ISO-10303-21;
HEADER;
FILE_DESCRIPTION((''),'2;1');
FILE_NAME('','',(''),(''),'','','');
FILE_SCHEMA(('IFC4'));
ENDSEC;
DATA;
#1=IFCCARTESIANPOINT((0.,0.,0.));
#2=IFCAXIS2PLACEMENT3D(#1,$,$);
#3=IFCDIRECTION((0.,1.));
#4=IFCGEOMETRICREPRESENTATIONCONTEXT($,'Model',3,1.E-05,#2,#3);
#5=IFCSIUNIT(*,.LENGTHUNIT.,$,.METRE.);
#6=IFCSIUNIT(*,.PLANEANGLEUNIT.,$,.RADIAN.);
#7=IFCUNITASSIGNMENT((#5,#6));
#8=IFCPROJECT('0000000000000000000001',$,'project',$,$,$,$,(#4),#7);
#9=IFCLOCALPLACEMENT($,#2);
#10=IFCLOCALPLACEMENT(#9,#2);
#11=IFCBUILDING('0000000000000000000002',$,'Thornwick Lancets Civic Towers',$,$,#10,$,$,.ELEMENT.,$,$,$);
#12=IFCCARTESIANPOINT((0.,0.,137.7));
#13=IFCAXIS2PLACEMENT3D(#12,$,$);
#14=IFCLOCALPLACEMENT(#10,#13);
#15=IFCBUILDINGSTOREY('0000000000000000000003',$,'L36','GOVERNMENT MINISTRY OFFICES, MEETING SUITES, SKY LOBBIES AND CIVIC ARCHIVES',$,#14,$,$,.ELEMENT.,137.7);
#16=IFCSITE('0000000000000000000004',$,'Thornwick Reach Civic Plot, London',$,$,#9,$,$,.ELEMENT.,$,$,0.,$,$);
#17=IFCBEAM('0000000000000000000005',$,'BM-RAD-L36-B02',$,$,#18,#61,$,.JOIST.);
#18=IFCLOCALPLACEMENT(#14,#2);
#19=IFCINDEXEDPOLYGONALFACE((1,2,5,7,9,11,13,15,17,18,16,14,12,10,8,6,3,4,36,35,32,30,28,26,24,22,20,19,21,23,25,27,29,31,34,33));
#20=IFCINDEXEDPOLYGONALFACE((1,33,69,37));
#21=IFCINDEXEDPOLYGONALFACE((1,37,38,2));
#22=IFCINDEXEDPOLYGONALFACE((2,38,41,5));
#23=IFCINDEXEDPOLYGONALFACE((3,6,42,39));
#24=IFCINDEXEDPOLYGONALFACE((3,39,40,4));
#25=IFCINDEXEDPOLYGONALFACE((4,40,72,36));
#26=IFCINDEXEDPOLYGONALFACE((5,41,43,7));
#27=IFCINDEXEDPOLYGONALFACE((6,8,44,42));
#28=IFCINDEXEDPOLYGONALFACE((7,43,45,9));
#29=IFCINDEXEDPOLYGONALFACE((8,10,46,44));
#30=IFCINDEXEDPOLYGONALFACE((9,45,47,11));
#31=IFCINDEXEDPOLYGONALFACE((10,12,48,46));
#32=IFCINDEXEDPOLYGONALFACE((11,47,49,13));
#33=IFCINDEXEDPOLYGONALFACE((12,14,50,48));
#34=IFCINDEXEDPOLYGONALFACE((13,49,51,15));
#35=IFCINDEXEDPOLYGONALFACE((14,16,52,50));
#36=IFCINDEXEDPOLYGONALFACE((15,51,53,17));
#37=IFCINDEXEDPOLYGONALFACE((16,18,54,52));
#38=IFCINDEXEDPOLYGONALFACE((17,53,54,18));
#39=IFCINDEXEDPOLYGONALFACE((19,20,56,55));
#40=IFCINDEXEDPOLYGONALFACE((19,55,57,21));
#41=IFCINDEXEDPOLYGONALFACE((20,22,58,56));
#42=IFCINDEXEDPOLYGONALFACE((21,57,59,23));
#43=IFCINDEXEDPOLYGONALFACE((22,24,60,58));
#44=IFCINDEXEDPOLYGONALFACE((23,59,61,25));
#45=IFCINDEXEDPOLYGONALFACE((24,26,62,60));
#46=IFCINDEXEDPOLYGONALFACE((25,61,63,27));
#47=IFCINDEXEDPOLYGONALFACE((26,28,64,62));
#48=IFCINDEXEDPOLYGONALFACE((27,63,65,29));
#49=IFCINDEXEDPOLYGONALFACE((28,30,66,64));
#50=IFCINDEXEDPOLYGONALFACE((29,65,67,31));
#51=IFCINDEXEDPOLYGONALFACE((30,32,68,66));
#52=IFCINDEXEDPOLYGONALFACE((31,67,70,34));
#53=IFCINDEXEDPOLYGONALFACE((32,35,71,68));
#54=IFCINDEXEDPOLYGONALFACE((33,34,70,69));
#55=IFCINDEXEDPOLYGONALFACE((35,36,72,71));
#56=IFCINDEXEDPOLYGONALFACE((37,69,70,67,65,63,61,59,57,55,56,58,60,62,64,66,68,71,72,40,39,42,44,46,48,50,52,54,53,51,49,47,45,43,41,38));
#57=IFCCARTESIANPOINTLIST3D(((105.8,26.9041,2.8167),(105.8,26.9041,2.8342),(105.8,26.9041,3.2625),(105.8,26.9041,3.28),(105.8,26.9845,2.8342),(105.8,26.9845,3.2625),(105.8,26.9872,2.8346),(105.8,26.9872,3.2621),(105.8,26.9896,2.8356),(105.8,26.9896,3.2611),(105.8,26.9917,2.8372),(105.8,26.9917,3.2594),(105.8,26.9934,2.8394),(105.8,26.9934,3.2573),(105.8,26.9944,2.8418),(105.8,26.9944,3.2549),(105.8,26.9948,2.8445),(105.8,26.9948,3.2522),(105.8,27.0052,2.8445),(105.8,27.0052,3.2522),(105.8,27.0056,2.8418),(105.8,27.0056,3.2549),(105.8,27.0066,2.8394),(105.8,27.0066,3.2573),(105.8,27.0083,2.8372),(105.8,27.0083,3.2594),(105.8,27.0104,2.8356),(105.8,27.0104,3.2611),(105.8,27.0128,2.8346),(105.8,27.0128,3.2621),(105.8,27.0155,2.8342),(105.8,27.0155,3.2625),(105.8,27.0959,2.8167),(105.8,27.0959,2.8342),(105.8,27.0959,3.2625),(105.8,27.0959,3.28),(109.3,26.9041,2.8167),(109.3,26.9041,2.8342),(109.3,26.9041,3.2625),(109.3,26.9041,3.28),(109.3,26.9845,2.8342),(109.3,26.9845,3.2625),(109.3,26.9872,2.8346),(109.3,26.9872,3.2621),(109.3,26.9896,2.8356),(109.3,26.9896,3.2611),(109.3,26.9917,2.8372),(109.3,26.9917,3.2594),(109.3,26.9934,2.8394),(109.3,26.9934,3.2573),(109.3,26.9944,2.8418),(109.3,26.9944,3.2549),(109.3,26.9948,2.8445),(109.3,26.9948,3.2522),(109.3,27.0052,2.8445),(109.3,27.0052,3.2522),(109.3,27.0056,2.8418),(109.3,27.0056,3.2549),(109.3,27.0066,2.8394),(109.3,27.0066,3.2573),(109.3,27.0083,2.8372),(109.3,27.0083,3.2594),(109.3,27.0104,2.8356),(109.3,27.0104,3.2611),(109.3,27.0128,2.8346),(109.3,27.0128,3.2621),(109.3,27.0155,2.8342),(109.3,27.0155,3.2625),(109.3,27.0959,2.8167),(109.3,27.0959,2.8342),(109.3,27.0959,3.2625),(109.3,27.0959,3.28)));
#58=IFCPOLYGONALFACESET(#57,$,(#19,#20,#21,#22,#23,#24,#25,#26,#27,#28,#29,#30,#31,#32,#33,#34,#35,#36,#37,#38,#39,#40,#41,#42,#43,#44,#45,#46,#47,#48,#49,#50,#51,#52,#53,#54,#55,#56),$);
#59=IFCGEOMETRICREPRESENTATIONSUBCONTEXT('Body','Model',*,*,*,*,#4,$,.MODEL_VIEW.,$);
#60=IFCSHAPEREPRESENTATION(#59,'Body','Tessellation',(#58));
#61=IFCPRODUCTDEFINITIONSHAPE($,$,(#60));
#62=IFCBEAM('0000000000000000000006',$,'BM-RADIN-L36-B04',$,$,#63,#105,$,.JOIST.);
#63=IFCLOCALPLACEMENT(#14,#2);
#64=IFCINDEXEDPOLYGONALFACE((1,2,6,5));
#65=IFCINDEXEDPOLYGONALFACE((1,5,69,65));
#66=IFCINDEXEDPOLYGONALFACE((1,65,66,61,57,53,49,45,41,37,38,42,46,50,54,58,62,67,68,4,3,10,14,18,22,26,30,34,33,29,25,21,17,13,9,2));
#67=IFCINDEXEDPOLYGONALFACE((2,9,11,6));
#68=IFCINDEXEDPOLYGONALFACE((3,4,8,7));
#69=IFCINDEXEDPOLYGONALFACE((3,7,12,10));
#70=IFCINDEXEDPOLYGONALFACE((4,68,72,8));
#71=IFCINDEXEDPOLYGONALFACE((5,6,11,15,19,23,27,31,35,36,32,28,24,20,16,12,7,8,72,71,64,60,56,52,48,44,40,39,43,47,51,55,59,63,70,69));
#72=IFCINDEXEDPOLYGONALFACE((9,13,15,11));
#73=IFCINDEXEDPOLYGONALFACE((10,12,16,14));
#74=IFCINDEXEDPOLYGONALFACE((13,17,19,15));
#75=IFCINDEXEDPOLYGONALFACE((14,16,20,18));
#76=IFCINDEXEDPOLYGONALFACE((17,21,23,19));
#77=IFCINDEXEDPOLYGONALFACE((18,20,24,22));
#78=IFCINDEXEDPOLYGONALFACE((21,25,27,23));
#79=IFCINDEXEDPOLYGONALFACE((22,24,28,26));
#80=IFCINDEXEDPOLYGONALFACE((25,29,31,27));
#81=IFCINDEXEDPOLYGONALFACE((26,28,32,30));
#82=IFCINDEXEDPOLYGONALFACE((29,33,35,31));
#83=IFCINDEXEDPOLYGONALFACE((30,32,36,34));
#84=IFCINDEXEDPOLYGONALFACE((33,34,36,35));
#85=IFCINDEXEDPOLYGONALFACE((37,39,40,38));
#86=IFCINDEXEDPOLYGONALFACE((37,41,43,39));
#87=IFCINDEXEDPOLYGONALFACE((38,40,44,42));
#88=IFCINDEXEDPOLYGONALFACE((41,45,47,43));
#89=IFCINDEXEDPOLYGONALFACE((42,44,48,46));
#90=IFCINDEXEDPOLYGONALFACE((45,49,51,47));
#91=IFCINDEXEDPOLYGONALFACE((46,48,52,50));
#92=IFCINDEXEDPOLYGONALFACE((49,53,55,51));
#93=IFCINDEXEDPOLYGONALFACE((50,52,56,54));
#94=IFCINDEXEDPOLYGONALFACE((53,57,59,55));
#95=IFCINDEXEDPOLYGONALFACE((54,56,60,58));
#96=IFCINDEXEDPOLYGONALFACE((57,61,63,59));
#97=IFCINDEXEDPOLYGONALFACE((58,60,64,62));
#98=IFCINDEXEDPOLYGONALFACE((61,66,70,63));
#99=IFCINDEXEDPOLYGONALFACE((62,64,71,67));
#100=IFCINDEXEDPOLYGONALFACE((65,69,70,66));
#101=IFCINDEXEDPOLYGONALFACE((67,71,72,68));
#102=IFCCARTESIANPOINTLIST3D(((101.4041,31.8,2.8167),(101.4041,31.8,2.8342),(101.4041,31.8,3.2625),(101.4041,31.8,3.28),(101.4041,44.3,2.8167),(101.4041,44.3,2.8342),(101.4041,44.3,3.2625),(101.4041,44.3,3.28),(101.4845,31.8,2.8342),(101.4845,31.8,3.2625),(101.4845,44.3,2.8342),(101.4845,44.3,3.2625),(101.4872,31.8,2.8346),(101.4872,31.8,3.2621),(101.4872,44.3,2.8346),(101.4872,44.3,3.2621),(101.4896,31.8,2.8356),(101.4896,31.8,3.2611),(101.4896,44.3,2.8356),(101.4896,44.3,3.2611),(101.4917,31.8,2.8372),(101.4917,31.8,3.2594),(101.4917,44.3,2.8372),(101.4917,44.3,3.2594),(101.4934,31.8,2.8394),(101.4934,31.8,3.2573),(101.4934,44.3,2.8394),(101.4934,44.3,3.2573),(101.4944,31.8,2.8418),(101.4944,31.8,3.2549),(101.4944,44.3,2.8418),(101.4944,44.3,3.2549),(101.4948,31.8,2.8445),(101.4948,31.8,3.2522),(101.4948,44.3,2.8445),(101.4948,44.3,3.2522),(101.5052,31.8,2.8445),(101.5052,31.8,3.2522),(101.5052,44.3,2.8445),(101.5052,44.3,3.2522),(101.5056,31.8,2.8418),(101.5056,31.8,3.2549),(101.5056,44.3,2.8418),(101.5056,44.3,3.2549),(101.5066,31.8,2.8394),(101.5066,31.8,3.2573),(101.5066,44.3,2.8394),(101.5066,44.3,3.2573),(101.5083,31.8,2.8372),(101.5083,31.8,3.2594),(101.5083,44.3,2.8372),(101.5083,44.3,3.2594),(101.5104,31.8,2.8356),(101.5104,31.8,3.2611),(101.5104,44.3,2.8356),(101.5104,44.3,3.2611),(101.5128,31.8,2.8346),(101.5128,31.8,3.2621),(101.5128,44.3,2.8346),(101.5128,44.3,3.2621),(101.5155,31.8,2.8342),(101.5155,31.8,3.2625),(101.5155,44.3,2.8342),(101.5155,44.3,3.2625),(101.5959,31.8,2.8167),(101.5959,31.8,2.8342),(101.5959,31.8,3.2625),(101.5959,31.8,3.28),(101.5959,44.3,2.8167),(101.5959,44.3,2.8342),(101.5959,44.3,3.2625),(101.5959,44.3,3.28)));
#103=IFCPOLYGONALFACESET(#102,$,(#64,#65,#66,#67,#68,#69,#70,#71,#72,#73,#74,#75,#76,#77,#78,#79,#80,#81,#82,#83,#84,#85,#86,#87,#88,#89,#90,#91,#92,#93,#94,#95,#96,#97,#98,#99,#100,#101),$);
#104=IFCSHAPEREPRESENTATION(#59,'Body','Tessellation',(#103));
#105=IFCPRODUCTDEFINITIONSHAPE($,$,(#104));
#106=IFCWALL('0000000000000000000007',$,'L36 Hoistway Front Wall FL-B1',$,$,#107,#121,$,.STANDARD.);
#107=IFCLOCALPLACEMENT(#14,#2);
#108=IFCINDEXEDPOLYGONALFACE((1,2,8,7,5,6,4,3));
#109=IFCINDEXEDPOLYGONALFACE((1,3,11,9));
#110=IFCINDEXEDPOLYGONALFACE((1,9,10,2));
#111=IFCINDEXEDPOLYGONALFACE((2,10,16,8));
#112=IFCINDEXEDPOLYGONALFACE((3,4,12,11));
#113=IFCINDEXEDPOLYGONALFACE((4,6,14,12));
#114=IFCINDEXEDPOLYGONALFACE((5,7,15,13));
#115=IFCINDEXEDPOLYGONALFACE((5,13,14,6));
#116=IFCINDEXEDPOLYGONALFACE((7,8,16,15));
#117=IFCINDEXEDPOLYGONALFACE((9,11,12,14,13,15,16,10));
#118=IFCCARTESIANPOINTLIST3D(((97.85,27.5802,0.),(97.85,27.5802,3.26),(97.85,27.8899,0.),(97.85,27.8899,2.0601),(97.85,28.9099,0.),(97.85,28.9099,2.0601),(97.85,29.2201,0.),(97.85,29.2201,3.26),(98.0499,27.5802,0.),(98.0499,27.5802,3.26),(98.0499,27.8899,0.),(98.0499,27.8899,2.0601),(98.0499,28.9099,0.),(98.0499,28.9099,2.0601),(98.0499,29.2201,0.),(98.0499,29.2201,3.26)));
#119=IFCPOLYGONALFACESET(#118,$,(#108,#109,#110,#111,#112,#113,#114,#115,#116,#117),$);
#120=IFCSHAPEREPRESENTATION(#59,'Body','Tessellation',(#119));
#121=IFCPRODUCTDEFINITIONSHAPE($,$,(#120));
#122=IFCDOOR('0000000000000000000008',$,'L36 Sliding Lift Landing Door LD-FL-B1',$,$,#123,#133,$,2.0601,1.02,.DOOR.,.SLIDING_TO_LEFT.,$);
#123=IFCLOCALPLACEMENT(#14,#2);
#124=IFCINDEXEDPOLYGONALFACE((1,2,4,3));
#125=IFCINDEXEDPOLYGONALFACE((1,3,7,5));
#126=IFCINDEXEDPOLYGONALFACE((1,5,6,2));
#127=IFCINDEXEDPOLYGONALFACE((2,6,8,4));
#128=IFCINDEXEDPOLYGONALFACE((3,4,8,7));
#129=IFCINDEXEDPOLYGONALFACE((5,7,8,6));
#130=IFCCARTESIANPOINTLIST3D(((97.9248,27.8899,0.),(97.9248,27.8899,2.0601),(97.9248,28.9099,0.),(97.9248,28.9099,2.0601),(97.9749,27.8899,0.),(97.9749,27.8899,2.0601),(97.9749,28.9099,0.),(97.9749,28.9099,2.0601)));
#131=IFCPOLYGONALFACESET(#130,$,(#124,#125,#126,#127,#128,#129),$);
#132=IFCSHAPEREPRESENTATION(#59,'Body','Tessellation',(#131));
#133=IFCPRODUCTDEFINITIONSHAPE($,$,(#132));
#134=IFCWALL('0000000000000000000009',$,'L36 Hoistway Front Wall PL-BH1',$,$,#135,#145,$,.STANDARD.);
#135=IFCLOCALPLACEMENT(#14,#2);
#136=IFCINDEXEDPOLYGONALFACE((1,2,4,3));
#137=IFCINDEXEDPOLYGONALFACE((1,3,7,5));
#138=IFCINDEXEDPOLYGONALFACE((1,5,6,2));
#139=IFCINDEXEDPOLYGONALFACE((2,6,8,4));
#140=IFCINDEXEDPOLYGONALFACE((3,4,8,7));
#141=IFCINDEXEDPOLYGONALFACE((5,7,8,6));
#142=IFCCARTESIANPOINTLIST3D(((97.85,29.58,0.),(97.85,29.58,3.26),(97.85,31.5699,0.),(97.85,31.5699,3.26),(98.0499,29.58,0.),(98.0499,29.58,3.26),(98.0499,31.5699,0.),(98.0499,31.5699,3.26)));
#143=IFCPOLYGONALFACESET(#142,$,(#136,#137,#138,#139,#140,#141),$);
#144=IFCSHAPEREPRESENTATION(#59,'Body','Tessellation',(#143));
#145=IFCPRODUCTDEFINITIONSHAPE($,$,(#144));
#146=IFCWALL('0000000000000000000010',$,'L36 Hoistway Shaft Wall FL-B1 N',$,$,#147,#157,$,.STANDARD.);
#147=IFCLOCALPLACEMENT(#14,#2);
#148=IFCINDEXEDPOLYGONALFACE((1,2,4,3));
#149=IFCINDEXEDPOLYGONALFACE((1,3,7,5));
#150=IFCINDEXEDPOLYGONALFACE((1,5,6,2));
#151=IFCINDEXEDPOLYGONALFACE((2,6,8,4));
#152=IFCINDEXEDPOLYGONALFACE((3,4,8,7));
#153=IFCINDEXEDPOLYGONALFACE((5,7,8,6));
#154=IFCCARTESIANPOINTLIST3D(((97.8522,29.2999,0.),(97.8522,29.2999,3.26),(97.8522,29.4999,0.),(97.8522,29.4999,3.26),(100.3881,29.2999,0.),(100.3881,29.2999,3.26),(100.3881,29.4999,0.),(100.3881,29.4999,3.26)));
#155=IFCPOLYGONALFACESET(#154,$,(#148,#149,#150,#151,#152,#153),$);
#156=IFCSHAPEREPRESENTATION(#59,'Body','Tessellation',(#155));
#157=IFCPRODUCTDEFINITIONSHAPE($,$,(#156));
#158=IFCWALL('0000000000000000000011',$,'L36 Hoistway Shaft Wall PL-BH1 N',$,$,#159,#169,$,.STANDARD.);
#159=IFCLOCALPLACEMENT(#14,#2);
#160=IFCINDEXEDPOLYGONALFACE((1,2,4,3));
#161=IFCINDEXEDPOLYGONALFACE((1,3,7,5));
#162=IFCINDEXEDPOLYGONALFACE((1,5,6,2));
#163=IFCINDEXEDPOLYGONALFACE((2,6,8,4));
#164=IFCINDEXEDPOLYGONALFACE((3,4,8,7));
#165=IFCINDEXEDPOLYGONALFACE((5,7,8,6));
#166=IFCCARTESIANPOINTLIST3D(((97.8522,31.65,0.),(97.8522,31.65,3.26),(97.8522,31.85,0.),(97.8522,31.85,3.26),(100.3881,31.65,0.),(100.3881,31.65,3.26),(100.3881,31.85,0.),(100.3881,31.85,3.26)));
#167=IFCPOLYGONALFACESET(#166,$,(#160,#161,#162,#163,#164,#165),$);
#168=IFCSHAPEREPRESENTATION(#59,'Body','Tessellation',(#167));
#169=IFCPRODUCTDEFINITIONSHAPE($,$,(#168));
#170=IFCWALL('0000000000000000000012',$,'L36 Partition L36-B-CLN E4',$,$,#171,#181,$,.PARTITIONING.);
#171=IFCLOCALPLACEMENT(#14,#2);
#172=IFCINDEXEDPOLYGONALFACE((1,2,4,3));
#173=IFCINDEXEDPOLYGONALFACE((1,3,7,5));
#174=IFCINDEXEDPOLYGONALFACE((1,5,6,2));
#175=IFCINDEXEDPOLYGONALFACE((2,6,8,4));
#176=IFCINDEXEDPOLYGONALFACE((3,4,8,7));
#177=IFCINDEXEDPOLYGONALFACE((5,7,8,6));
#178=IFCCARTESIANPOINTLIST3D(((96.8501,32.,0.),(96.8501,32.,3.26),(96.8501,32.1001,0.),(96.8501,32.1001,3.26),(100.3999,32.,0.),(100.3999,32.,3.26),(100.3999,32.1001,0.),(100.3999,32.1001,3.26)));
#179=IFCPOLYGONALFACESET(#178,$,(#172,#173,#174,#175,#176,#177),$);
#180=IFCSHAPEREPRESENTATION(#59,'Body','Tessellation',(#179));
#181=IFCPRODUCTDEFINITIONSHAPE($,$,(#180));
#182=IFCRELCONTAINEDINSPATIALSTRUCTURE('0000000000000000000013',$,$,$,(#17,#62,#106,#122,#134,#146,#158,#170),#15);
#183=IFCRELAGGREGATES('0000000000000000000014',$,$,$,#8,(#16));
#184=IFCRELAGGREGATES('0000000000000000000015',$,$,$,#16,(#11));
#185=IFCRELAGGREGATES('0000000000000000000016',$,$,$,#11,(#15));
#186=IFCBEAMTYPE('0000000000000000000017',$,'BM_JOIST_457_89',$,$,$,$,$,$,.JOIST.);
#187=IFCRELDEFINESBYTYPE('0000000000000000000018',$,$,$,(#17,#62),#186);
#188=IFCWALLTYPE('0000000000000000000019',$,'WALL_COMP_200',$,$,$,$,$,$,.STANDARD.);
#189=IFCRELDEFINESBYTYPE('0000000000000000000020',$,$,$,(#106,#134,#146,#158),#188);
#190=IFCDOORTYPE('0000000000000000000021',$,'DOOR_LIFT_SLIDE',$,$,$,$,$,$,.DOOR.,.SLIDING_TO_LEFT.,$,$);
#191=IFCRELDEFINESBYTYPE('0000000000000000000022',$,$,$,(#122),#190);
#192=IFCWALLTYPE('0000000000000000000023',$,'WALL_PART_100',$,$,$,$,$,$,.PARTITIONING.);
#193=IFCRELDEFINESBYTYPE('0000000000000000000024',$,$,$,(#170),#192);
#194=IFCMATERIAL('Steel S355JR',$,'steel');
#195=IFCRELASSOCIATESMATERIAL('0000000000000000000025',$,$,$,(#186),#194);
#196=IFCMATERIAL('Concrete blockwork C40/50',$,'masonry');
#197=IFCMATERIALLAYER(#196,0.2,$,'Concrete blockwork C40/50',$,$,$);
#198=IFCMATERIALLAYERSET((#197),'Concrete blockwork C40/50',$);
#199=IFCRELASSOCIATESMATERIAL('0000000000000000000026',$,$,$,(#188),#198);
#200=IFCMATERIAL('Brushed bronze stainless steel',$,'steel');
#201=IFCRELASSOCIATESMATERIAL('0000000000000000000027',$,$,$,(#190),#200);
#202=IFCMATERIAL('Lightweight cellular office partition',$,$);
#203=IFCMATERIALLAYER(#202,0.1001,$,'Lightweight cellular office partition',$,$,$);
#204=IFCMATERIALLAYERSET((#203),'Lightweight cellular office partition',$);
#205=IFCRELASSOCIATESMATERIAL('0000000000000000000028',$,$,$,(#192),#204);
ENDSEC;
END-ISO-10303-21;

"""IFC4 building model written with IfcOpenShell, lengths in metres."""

from ifc_helpers import new_model, si_unit, direction, frame, frame_2d, origin, origin_2d, place, context, subcontext, project, spatial, rectangle, i_section, extrude, material, layer, layer_set, material_profile, profile_set, type_object, element, fill, save


model = new_model("IFC4")

# Units and contexts
model_context = context("Model", 3, precision=1e-05, world=origin(), true_north=direction((0.0, 1.0)))
body_context = subcontext(model_context, "Body", "Model", "MODEL_VIEW")
ifc_project = project(units=[si_unit("LENGTHUNIT", "METRE"), si_unit("PLANEANGLEUNIT", "RADIAN")], contexts=[model_context])

# Site, building, storey
site_placement = place(None, origin())
site = spatial("IfcSite", under=ifc_project, at=site_placement, Name="Thornwick Reach Civic Plot, London", CompositionType="ELEMENT", RefElevation=0.0)
building_placement = place(site_placement, origin())
building = spatial("IfcBuilding", under=site, at=building_placement, Name="Thornwick Lancets Civic Towers", CompositionType="ELEMENT")
storey_placement = place(building_placement, frame((0.0, 0.0, 137.7)))
storey = spatial("IfcBuildingStorey", under=building, at=storey_placement, Name="L36", Description="GOVERNMENT MINISTRY OFFICES, MEETING SUITES, SKY LOBBIES AND CIVIC ARCHIVES", CompositionType="ELEMENT", Elevation=137.7)

# Beams
ifc_material_1 = material(Name="Steel S355JR", Category="steel")
ifc_material_profile_1 = material_profile(ifc_material_1, i_section(OverallWidth=0.1919, OverallDepth=0.4634, WebThickness=0.0105, FlangeThickness=0.0176, FilletRadius=0.0103, at=origin_2d()), Name="UKB 457x191x89")
ifc_profile_set_1 = profile_set([ifc_material_profile_1], Name="Steel S355JR")
beam_type_1 = type_object("IfcBeamType", Name="BM_JOIST_457_89", PredefinedType="JOIST", material=ifc_profile_set_1)
beam_1_placement = place(storey_placement, frame((105.8, 27.0, 3.0483), z_axis=(1.0, 0.0, 0.0), x_axis=(0.0, 1.0, 0.0)))
element("IfcBeam", 1, at=beam_1_placement, inside=storey, type_object=beam_type_1, Name="BM-RAD-L36-B02", PredefinedType="JOIST", context=body_context, shape_type="SweptSolid", body=[
    extrude(i_section(OverallWidth=0.1919, OverallDepth=0.4634, WebThickness=0.0105, FlangeThickness=0.0176, FilletRadius=0.0103, at=origin_2d()), origin(), (0.0, 0.0, 1.0), 3.5),
])
beam_2_placement = place(storey_placement, frame((101.5, 31.8, 3.0483), z_axis=(0.0, 1.0, 0.0), x_axis=(-1.0, 0.0, 0.0)))
element("IfcBeam", 2, at=beam_2_placement, inside=storey, type_object=beam_type_1, Name="BM-RADIN-L36-B04", PredefinedType="JOIST", context=body_context, shape_type="SweptSolid", body=[
    extrude(i_section(OverallWidth=0.1919, OverallDepth=0.4634, WebThickness=0.0105, FlangeThickness=0.0176, FilletRadius=0.0103, at=origin_2d()), origin(), (0.0, 0.0, 1.0), 12.5),
])

# Wall, opening, door
ifc_material_2 = material(Name="Concrete blockwork C40/50", Category="masonry")
ifc_layer_1 = layer(ifc_material_2, 0.2, Name="Concrete blockwork C40/50")
ifc_layer_set_1 = layer_set([ifc_layer_1], Name="Concrete blockwork C40/50")
wall_type_1 = type_object("IfcWallType", Name="WALL_COMP_200", PredefinedType="STANDARD", material=ifc_layer_set_1)
wall_1_placement = place(storey_placement, frame((97.95, 29.22, 0.0), z_axis=(0.0, 0.0, 1.0), x_axis=(0.0, -1.0, 0.0)))
wall_1 = element("IfcWall", 3, at=wall_1_placement, inside=storey, type_object=wall_type_1, Name="L36 Hoistway Front Wall FL-B1", PredefinedType="STANDARD", context=body_context, shape_type="SweptSolid", body=[
    extrude(rectangle(XDim=1.6399, YDim=0.2, at=frame_2d((0.8198, 0.0))), origin(), (0.0, 0.0, 1.0), 3.26),
])
opening_placement = place(wall_1_placement, frame((0.3101, 0.0, 0.0)))
opening = element("IfcOpeningElement", 4, at=opening_placement, cuts=wall_1, PredefinedType="OPENING", context=body_context, shape_type="SweptSolid", body=[
    extrude(rectangle(XDim=1.02, YDim=2.0601, at=frame_2d((0.51, 1.03))), frame((0.0, 0.1099, 0.0), z_axis=(0.0, -1.0, 0.0), x_axis=(1.0, 0.0, 0.0)), (0.0, 0.0, 1.0), 0.22),
])
ifc_material_3 = material(Name="Brushed bronze stainless steel", Category="steel")
door_type = type_object("IfcDoorType", Name="DOOR_LIFT_SLIDE", OperationType="SLIDING_TO_LEFT", PredefinedType="DOOR", material=ifc_material_3)
door_placement = place(opening_placement, origin())
door = element("IfcDoor", 5, at=door_placement, inside=storey, type_object=door_type, Name="L36 Sliding Lift Landing Door LD-FL-B1", OperationType="SLIDING_TO_LEFT", OverallHeight=2.0601, OverallWidth=1.02, PredefinedType="DOOR", context=body_context, shape_type="SweptSolid", body=[
    extrude(rectangle(XDim=1.02, YDim=2.0601, at=frame_2d((0.51, 1.03))), frame((0.0, 0.0249, 0.0), z_axis=(0.0, -1.0, 0.0), x_axis=(1.0, 0.0, 0.0)), (0.0, 0.0, 1.0), 0.05),
])
fill(opening, door)

# Walls
wall_2_placement = place(storey_placement, frame((97.95, 31.5701, 0.0), z_axis=(0.0, 0.0, 1.0), x_axis=(0.0, -1.0, 0.0)))
element("IfcWall", 6, at=wall_2_placement, inside=storey, type_object=wall_type_1, Name="L36 Hoistway Front Wall PL-BH1", PredefinedType="STANDARD", context=body_context, shape_type="SweptSolid", body=[
    extrude(rectangle(XDim=1.99, YDim=0.2, at=frame_2d((0.9951, 0.0))), origin(), (0.0, 0.0, 1.0), 3.26),
])
for number, where, z_axis, x_axis, name in (
    (7, (97.8521, 29.3999, 0.0), (0.0, 0.0, 1.0), (1.0, 0.0, 0.0), "L36 Hoistway Shaft Wall FL-B1 N"),
    (8, (97.8521, 31.75, 0.0), (0.0, 0.0, 1.0), (1.0, 0.0, 0.0), "L36 Hoistway Shaft Wall PL-BH1 N"),
):
    element("IfcWall", number, at=place(storey_placement, frame(where, z_axis=z_axis, x_axis=x_axis)), inside=storey, type_object=wall_type_1, Name=name, PredefinedType="STANDARD", context=body_context, shape_type="SweptSolid", body=[
        extrude(rectangle(XDim=2.5359, YDim=0.2, at=frame_2d((1.2681, 0.0))), origin(), (0.0, 0.0, 1.0), 3.26),
    ])
ifc_material_4 = material(Name="Lightweight cellular office partition")
ifc_layer_2 = layer(ifc_material_4, 0.1001, Name="Lightweight cellular office partition")
ifc_layer_set_2 = layer_set([ifc_layer_2], Name="Lightweight cellular office partition")
wall_type_2 = type_object("IfcWallType", Name="WALL_PART_100", PredefinedType="PARTITIONING", material=ifc_layer_set_2)
wall_3_placement = place(storey_placement, frame((100.3999, 32.05, 0.0), z_axis=(0.0, 0.0, 1.0), x_axis=(-1.0, 0.0, 0.0)))
element("IfcWall", 9, at=wall_3_placement, inside=storey, type_object=wall_type_2, Name="L36 Partition L36-B-CLN E4", PredefinedType="PARTITIONING", context=body_context, shape_type="SweptSolid", body=[
    extrude(rectangle(XDim=3.5498, YDim=0.1001, at=frame_2d((1.7749, 0.0))), origin(), (0.0, 0.0, 1.0), 3.26),
])

save(model, "model.ifc")
